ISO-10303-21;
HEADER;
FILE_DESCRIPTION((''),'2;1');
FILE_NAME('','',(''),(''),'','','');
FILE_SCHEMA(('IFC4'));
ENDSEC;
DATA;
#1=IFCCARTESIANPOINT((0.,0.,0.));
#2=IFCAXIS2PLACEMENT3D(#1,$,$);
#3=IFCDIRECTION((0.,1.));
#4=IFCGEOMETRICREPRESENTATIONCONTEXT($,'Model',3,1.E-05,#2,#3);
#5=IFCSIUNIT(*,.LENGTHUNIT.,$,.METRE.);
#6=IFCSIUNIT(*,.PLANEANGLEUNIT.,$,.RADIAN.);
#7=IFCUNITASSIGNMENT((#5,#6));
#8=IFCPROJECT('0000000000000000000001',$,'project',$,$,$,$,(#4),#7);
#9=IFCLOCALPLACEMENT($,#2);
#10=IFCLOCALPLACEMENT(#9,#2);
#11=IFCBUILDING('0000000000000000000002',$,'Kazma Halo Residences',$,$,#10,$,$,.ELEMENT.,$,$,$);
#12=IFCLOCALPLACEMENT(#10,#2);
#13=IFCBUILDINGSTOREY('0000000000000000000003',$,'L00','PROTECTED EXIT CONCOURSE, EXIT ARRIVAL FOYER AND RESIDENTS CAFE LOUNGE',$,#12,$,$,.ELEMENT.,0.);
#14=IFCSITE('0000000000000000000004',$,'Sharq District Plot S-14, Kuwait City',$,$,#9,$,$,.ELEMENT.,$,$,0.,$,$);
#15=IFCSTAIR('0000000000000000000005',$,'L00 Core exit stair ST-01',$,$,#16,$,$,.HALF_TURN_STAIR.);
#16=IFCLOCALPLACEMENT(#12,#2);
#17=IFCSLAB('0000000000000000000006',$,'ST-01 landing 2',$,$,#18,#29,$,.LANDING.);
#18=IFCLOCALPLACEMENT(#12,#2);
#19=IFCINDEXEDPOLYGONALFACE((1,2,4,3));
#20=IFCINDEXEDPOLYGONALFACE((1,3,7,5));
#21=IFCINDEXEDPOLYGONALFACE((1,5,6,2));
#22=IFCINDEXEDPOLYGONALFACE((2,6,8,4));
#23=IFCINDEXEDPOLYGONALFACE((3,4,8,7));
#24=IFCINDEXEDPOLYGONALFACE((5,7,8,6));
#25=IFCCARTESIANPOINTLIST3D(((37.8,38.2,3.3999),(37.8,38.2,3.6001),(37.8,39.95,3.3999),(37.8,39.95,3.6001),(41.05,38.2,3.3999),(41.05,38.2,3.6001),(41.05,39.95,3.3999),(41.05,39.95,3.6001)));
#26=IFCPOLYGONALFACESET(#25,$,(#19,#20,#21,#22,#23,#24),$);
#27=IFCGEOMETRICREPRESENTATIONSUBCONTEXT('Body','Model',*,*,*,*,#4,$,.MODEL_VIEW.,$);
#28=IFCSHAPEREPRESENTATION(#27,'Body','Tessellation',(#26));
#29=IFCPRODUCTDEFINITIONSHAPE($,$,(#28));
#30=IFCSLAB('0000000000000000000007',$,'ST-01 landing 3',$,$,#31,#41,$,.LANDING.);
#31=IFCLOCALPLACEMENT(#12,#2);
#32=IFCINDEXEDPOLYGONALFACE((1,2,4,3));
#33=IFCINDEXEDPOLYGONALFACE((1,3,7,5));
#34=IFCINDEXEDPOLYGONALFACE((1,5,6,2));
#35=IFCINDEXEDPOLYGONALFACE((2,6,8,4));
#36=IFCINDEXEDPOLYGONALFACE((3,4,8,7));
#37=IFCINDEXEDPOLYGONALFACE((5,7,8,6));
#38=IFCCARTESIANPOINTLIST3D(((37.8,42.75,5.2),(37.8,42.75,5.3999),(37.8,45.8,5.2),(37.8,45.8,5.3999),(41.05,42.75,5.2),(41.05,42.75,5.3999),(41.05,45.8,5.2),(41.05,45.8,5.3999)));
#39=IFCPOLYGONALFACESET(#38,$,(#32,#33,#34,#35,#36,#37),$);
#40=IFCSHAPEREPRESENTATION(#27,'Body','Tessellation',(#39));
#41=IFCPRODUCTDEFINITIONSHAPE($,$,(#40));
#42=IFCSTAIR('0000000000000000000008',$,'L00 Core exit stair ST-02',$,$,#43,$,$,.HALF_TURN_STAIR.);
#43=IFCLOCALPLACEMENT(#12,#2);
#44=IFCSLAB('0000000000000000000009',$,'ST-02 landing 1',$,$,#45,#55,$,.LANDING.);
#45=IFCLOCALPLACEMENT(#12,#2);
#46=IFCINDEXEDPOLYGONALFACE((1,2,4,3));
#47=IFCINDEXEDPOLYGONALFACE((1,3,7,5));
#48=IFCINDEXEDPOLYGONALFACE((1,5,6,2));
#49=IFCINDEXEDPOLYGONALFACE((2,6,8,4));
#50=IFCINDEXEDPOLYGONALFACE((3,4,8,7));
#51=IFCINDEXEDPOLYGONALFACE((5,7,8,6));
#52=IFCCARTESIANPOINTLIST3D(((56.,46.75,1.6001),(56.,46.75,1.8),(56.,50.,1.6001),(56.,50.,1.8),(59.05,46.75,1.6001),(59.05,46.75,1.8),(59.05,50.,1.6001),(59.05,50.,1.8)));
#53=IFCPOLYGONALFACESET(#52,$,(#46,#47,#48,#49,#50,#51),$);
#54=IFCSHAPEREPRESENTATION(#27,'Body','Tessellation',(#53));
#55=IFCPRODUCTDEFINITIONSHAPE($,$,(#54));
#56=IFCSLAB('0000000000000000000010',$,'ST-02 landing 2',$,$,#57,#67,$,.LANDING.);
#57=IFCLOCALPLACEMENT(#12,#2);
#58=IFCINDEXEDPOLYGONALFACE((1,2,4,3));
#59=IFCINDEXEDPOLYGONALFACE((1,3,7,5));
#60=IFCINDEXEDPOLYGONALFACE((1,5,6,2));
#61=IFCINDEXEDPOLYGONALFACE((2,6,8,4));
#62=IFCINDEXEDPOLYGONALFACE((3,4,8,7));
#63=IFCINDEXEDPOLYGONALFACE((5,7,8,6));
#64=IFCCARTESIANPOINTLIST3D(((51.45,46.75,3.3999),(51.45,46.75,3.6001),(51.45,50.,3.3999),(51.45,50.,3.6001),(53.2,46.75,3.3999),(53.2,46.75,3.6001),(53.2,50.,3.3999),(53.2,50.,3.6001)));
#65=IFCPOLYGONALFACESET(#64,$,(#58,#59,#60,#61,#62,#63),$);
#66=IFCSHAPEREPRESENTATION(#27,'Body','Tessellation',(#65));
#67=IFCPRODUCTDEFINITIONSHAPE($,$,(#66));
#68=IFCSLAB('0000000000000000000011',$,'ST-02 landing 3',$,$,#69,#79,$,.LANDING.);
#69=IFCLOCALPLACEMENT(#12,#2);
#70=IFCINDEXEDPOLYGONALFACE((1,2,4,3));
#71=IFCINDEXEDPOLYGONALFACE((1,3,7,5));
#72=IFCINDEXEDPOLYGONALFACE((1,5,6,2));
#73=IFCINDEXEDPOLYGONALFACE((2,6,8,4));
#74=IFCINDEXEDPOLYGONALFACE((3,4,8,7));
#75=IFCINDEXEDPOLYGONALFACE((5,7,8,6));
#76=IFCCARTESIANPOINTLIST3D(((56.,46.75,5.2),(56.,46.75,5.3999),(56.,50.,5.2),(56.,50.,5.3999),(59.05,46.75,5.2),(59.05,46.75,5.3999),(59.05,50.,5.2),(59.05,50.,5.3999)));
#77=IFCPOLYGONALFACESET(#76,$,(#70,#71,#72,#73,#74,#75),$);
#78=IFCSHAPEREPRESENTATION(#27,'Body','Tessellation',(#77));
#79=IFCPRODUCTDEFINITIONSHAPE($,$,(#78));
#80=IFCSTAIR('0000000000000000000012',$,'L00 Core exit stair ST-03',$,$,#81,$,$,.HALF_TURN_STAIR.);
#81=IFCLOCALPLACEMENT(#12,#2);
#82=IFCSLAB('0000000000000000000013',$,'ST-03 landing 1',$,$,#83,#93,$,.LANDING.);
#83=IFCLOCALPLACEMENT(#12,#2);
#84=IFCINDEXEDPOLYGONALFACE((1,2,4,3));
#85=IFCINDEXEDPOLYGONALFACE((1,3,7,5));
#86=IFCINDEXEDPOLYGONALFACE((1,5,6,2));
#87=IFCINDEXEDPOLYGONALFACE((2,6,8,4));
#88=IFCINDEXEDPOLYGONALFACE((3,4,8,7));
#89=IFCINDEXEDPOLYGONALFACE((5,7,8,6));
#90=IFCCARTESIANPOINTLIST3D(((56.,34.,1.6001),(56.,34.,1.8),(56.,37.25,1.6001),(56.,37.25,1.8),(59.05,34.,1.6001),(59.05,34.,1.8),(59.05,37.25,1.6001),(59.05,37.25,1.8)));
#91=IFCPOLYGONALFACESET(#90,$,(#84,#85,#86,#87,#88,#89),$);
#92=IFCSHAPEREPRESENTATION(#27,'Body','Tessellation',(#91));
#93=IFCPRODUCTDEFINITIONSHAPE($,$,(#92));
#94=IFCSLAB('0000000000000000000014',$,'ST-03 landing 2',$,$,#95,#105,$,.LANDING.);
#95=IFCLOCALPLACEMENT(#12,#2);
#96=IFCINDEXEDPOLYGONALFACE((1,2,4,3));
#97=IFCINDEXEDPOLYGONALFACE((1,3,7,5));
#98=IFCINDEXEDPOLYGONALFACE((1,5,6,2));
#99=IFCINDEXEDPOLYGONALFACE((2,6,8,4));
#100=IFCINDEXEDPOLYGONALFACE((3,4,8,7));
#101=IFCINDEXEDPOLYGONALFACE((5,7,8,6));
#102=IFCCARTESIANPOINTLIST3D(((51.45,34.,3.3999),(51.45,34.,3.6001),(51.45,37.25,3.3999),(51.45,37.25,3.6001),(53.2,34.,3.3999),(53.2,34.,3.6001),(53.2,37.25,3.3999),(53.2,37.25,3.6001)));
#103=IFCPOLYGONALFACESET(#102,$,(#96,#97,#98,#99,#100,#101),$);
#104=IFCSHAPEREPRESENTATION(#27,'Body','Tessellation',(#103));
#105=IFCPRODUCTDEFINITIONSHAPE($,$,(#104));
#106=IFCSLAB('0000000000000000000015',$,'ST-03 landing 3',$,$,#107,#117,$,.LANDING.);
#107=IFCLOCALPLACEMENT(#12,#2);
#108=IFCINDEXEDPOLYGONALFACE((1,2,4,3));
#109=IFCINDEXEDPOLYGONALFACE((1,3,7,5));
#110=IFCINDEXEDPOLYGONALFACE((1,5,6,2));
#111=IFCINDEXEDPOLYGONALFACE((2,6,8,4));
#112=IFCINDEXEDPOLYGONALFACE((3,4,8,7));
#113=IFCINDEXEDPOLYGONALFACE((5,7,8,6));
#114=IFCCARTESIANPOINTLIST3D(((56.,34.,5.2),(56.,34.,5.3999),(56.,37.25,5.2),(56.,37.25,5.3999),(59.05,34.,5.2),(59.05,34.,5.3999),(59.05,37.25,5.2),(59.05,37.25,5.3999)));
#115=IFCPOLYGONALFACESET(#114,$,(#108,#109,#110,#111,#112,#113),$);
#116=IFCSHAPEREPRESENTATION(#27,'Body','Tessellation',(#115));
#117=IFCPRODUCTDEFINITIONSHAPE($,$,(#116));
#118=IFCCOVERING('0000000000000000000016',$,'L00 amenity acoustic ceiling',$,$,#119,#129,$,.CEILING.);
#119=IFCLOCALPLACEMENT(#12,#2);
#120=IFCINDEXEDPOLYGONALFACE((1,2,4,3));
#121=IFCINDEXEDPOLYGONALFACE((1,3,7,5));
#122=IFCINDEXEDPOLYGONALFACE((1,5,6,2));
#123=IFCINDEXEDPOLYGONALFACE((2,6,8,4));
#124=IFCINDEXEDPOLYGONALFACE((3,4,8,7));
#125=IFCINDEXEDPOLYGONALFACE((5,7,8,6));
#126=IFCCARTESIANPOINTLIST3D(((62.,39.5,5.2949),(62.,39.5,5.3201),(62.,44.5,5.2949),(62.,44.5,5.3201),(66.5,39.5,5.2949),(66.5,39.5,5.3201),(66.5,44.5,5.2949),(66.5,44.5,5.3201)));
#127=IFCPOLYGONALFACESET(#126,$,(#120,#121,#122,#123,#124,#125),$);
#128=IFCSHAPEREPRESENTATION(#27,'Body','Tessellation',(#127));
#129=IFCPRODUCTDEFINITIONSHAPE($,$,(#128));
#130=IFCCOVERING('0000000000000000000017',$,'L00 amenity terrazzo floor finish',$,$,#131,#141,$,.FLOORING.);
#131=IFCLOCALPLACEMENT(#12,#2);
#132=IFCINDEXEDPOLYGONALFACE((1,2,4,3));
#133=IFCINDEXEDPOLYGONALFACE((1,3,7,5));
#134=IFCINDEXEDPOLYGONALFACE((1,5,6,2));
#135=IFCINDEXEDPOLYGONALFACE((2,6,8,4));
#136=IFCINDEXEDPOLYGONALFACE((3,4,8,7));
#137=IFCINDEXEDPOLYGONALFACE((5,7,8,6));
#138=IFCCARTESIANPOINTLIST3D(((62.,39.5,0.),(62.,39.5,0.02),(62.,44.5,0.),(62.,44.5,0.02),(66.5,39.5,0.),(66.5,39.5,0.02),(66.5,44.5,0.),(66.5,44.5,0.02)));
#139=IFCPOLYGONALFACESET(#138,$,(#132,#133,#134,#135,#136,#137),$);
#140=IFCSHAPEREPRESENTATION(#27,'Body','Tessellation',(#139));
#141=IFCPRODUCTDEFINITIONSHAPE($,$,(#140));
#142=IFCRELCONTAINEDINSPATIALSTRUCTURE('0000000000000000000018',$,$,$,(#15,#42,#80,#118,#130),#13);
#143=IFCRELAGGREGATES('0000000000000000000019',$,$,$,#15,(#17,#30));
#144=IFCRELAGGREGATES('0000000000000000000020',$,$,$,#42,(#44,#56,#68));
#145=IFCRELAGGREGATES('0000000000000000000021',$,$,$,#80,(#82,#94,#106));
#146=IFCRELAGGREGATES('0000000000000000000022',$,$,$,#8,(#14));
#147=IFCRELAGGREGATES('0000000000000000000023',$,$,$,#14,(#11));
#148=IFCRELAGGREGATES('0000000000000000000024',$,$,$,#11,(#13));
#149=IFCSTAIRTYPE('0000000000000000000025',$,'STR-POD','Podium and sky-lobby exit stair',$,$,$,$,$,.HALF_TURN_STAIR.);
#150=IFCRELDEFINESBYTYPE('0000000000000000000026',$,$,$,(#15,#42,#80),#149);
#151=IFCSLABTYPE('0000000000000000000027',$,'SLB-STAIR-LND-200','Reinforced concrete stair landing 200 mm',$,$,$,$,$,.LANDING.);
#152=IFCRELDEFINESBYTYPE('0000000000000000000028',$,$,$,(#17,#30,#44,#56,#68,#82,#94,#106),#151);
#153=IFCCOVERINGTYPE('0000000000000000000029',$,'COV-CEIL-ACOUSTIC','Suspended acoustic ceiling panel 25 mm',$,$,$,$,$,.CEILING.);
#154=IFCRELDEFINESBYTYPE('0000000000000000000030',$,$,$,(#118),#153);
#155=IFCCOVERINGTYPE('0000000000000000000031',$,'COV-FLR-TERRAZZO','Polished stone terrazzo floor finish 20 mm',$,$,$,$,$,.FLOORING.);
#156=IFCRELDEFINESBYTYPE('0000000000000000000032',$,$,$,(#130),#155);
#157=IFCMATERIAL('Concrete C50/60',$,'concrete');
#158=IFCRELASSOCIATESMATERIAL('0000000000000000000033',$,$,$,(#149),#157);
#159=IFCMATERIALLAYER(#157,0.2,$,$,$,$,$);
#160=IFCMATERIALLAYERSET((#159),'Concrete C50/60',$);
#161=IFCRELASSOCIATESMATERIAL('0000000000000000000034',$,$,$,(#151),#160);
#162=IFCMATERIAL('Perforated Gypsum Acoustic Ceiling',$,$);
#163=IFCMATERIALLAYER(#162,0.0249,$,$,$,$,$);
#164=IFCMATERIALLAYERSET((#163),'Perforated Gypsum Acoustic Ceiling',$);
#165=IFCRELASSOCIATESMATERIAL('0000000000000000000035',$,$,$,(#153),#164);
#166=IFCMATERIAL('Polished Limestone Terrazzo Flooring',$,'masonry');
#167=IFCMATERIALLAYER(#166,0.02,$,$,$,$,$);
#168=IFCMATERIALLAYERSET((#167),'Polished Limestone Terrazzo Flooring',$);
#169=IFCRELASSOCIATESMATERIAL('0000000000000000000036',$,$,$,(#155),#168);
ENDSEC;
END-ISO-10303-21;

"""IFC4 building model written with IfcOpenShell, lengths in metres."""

from ifc_helpers import new_model, si_unit, direction, frame, origin, place, context, subcontext, project, spatial, polyline, outline, extrude, material, layer, layer_set, type_object, element, aggregate, save


model = new_model("IFC4")

# Units and contexts
model_context = context("Model", 3, precision=1e-05, world=origin(), true_north=direction((0.0, 1.0)))
body_context = subcontext(model_context, "Body", "Model", "MODEL_VIEW")
ifc_project = project(units=[si_unit("LENGTHUNIT", "METRE"), si_unit("PLANEANGLEUNIT", "RADIAN")], contexts=[model_context])

# Site, building, storey
site_placement = place(None, origin())
site = spatial("IfcSite", under=ifc_project, at=site_placement, Name="Sharq District Plot S-14, Kuwait City", CompositionType="ELEMENT", RefElevation=0.0)
building_placement = place(site_placement, origin())
building = spatial("IfcBuilding", under=site, at=building_placement, Name="Kazma Halo Residences", CompositionType="ELEMENT")
storey_placement = place(building_placement, origin())
storey = spatial("IfcBuildingStorey", under=building, at=storey_placement, Name="L00", Description="PROTECTED EXIT CONCOURSE, EXIT ARRIVAL FOYER AND RESIDENTS CAFE LOUNGE", CompositionType="ELEMENT", Elevation=0.0)

# Shared definitions
ifc_material_1 = material(Name="Concrete C50/60", Category="concrete")

# Stairs, slabs
stair_type = type_object("IfcStairType", Name="STR-POD", Description="Podium and sky-lobby exit stair", PredefinedType="HALF_TURN_STAIR", material=ifc_material_1)
stair_1_placement = place(storey_placement, origin())
stair_1 = element("IfcStair", 1, at=stair_1_placement, inside=storey, type_object=stair_type, Name="L00 Core exit stair ST-01", PredefinedType="HALF_TURN_STAIR")
ifc_layer_1 = layer(ifc_material_1, 0.2)
ifc_layer_set_1 = layer_set([ifc_layer_1], Name="Concrete C50/60")
slab_type_1 = type_object("IfcSlabType", Name="SLB-STAIR-LND-200", Description="Reinforced concrete stair landing 200 mm", PredefinedType="LANDING", material=ifc_layer_set_1)
slab_1_placement = place(storey_placement, frame((0.0, 0.0, 3.3999)))
slab_1 = element("IfcSlab", 2, at=slab_1_placement, type_object=slab_type_1, Name="ST-01 landing 2", PredefinedType="LANDING", context=body_context, shape_type="SweptSolid", body=[
    extrude(outline(polyline([(41.05, 38.2), (41.05, 39.95), (37.8, 39.95), (37.8, 38.2), (41.05, 38.2)])), origin(), (0.0, 0.0, 1.0), 0.2002),
])
slab_2_placement = place(storey_placement, frame((0.0, 0.0, 5.2)))
slab_2 = element("IfcSlab", 3, at=slab_2_placement, type_object=slab_type_1, Name="ST-01 landing 3", PredefinedType="LANDING", context=body_context, shape_type="SweptSolid", body=[
    extrude(outline(polyline([(41.05, 42.75), (41.05, 45.8), (37.8, 45.8), (37.8, 42.75), (41.05, 42.75)])), origin(), (0.0, 0.0, 1.0), 0.2),
])
aggregate(stair_1, [slab_1, slab_2])
stair_2_placement = place(storey_placement, origin())
stair_2 = element("IfcStair", 4, at=stair_2_placement, inside=storey, type_object=stair_type, Name="L00 Core exit stair ST-02", PredefinedType="HALF_TURN_STAIR")
slab_3_placement = place(storey_placement, frame((0.0, 0.0, 1.6001)))
slab_3 = element("IfcSlab", 5, at=slab_3_placement, type_object=slab_type_1, Name="ST-02 landing 1", PredefinedType="LANDING", context=body_context, shape_type="SweptSolid", body=[
    extrude(outline(polyline([(56.0, 46.75), (59.05, 46.75), (59.05, 50.0), (56.0, 50.0), (56.0, 46.75)])), origin(), (0.0, 0.0, 1.0), 0.2),
])
slab_4_placement = place(storey_placement, frame((0.0, 0.0, 3.3999)))
slab_4 = element("IfcSlab", 6, at=slab_4_placement, type_object=slab_type_1, Name="ST-02 landing 2", PredefinedType="LANDING", context=body_context, shape_type="SweptSolid", body=[
    extrude(outline(polyline([(51.45, 46.75), (53.2, 46.75), (53.2, 50.0), (51.45, 50.0), (51.45, 46.75)])), origin(), (0.0, 0.0, 1.0), 0.2002),
])
slab_5_placement = place(storey_placement, frame((0.0, 0.0, 5.2)))
slab_5 = element("IfcSlab", 7, at=slab_5_placement, type_object=slab_type_1, Name="ST-02 landing 3", PredefinedType="LANDING", context=body_context, shape_type="SweptSolid", body=[
    extrude(outline(polyline([(56.0, 46.75), (59.05, 46.75), (59.05, 50.0), (56.0, 50.0), (56.0, 46.75)])), origin(), (0.0, 0.0, 1.0), 0.2),
])
aggregate(stair_2, [slab_3, slab_4, slab_5])
stair_3_placement = place(storey_placement, origin())
stair_3 = element("IfcStair", 8, at=stair_3_placement, inside=storey, type_object=stair_type, Name="L00 Core exit stair ST-03", PredefinedType="HALF_TURN_STAIR")
slab_6_placement = place(storey_placement, frame((0.0, 0.0, 1.6001)))
slab_6 = element("IfcSlab", 9, at=slab_6_placement, type_object=slab_type_1, Name="ST-03 landing 1", PredefinedType="LANDING", context=body_context, shape_type="SweptSolid", body=[
    extrude(outline(polyline([(56.0, 34.0), (59.05, 34.0), (59.05, 37.25), (56.0, 37.25), (56.0, 34.0)])), origin(), (0.0, 0.0, 1.0), 0.2),
])
slab_7_placement = place(storey_placement, frame((0.0, 0.0, 3.3999)))
slab_7 = element("IfcSlab", 10, at=slab_7_placement, type_object=slab_type_1, Name="ST-03 landing 2", PredefinedType="LANDING", context=body_context, shape_type="SweptSolid", body=[
    extrude(outline(polyline([(51.45, 34.0), (53.2, 34.0), (53.2, 37.25), (51.45, 37.25), (51.45, 34.0)])), origin(), (0.0, 0.0, 1.0), 0.2002),
])
slab_8_placement = place(storey_placement, frame((0.0, 0.0, 5.2)))
slab_8 = element("IfcSlab", 11, at=slab_8_placement, type_object=slab_type_1, Name="ST-03 landing 3", PredefinedType="LANDING", context=body_context, shape_type="SweptSolid", body=[
    extrude(outline(polyline([(56.0, 34.0), (59.05, 34.0), (59.05, 37.25), (56.0, 37.25), (56.0, 34.0)])), origin(), (0.0, 0.0, 1.0), 0.2),
])
aggregate(stair_3, [slab_6, slab_7, slab_8])

# Coverings
ifc_material_2 = material(Name="Perforated Gypsum Acoustic Ceiling")
ifc_layer_2 = layer(ifc_material_2, 0.0249)
ifc_layer_set_2 = layer_set([ifc_layer_2], Name="Perforated Gypsum Acoustic Ceiling")
covering_type_1 = type_object("IfcCoveringType", Name="COV-CEIL-ACOUSTIC", Description="Suspended acoustic ceiling panel 25 mm", PredefinedType="CEILING", material=ifc_layer_set_2)
covering_1_placement = place(storey_placement, frame((0.0, 0.0, 5.2949)))
element("IfcCovering", 12, at=covering_1_placement, inside=storey, type_object=covering_type_1, Name="L00 amenity acoustic ceiling", PredefinedType="CEILING", context=body_context, shape_type="SweptSolid", body=[
    extrude(outline(polyline([(62.0, 39.5), (66.5, 39.5), (66.5, 44.5), (62.0, 44.5), (62.0, 39.5)])), origin(), (0.0, 0.0, 1.0), 0.0251),
])
ifc_material_3 = material(Name="Polished Limestone Terrazzo Flooring", Category="masonry")
ifc_layer_3 = layer(ifc_material_3, 0.02)
ifc_layer_set_3 = layer_set([ifc_layer_3], Name="Polished Limestone Terrazzo Flooring")
covering_type_2 = type_object("IfcCoveringType", Name="COV-FLR-TERRAZZO", Description="Polished stone terrazzo floor finish 20 mm", PredefinedType="FLOORING", material=ifc_layer_set_3)
covering_2_placement = place(storey_placement, origin())
element("IfcCovering", 13, at=covering_2_placement, inside=storey, type_object=covering_type_2, Name="L00 amenity terrazzo floor finish", PredefinedType="FLOORING", context=body_context, shape_type="SweptSolid", body=[
    extrude(outline(polyline([(62.0, 39.5), (66.5, 39.5), (66.5, 44.5), (62.0, 44.5), (62.0, 39.5)])), origin(), (0.0, 0.0, 1.0), 0.02),
])

save(model, "model.ifc")
